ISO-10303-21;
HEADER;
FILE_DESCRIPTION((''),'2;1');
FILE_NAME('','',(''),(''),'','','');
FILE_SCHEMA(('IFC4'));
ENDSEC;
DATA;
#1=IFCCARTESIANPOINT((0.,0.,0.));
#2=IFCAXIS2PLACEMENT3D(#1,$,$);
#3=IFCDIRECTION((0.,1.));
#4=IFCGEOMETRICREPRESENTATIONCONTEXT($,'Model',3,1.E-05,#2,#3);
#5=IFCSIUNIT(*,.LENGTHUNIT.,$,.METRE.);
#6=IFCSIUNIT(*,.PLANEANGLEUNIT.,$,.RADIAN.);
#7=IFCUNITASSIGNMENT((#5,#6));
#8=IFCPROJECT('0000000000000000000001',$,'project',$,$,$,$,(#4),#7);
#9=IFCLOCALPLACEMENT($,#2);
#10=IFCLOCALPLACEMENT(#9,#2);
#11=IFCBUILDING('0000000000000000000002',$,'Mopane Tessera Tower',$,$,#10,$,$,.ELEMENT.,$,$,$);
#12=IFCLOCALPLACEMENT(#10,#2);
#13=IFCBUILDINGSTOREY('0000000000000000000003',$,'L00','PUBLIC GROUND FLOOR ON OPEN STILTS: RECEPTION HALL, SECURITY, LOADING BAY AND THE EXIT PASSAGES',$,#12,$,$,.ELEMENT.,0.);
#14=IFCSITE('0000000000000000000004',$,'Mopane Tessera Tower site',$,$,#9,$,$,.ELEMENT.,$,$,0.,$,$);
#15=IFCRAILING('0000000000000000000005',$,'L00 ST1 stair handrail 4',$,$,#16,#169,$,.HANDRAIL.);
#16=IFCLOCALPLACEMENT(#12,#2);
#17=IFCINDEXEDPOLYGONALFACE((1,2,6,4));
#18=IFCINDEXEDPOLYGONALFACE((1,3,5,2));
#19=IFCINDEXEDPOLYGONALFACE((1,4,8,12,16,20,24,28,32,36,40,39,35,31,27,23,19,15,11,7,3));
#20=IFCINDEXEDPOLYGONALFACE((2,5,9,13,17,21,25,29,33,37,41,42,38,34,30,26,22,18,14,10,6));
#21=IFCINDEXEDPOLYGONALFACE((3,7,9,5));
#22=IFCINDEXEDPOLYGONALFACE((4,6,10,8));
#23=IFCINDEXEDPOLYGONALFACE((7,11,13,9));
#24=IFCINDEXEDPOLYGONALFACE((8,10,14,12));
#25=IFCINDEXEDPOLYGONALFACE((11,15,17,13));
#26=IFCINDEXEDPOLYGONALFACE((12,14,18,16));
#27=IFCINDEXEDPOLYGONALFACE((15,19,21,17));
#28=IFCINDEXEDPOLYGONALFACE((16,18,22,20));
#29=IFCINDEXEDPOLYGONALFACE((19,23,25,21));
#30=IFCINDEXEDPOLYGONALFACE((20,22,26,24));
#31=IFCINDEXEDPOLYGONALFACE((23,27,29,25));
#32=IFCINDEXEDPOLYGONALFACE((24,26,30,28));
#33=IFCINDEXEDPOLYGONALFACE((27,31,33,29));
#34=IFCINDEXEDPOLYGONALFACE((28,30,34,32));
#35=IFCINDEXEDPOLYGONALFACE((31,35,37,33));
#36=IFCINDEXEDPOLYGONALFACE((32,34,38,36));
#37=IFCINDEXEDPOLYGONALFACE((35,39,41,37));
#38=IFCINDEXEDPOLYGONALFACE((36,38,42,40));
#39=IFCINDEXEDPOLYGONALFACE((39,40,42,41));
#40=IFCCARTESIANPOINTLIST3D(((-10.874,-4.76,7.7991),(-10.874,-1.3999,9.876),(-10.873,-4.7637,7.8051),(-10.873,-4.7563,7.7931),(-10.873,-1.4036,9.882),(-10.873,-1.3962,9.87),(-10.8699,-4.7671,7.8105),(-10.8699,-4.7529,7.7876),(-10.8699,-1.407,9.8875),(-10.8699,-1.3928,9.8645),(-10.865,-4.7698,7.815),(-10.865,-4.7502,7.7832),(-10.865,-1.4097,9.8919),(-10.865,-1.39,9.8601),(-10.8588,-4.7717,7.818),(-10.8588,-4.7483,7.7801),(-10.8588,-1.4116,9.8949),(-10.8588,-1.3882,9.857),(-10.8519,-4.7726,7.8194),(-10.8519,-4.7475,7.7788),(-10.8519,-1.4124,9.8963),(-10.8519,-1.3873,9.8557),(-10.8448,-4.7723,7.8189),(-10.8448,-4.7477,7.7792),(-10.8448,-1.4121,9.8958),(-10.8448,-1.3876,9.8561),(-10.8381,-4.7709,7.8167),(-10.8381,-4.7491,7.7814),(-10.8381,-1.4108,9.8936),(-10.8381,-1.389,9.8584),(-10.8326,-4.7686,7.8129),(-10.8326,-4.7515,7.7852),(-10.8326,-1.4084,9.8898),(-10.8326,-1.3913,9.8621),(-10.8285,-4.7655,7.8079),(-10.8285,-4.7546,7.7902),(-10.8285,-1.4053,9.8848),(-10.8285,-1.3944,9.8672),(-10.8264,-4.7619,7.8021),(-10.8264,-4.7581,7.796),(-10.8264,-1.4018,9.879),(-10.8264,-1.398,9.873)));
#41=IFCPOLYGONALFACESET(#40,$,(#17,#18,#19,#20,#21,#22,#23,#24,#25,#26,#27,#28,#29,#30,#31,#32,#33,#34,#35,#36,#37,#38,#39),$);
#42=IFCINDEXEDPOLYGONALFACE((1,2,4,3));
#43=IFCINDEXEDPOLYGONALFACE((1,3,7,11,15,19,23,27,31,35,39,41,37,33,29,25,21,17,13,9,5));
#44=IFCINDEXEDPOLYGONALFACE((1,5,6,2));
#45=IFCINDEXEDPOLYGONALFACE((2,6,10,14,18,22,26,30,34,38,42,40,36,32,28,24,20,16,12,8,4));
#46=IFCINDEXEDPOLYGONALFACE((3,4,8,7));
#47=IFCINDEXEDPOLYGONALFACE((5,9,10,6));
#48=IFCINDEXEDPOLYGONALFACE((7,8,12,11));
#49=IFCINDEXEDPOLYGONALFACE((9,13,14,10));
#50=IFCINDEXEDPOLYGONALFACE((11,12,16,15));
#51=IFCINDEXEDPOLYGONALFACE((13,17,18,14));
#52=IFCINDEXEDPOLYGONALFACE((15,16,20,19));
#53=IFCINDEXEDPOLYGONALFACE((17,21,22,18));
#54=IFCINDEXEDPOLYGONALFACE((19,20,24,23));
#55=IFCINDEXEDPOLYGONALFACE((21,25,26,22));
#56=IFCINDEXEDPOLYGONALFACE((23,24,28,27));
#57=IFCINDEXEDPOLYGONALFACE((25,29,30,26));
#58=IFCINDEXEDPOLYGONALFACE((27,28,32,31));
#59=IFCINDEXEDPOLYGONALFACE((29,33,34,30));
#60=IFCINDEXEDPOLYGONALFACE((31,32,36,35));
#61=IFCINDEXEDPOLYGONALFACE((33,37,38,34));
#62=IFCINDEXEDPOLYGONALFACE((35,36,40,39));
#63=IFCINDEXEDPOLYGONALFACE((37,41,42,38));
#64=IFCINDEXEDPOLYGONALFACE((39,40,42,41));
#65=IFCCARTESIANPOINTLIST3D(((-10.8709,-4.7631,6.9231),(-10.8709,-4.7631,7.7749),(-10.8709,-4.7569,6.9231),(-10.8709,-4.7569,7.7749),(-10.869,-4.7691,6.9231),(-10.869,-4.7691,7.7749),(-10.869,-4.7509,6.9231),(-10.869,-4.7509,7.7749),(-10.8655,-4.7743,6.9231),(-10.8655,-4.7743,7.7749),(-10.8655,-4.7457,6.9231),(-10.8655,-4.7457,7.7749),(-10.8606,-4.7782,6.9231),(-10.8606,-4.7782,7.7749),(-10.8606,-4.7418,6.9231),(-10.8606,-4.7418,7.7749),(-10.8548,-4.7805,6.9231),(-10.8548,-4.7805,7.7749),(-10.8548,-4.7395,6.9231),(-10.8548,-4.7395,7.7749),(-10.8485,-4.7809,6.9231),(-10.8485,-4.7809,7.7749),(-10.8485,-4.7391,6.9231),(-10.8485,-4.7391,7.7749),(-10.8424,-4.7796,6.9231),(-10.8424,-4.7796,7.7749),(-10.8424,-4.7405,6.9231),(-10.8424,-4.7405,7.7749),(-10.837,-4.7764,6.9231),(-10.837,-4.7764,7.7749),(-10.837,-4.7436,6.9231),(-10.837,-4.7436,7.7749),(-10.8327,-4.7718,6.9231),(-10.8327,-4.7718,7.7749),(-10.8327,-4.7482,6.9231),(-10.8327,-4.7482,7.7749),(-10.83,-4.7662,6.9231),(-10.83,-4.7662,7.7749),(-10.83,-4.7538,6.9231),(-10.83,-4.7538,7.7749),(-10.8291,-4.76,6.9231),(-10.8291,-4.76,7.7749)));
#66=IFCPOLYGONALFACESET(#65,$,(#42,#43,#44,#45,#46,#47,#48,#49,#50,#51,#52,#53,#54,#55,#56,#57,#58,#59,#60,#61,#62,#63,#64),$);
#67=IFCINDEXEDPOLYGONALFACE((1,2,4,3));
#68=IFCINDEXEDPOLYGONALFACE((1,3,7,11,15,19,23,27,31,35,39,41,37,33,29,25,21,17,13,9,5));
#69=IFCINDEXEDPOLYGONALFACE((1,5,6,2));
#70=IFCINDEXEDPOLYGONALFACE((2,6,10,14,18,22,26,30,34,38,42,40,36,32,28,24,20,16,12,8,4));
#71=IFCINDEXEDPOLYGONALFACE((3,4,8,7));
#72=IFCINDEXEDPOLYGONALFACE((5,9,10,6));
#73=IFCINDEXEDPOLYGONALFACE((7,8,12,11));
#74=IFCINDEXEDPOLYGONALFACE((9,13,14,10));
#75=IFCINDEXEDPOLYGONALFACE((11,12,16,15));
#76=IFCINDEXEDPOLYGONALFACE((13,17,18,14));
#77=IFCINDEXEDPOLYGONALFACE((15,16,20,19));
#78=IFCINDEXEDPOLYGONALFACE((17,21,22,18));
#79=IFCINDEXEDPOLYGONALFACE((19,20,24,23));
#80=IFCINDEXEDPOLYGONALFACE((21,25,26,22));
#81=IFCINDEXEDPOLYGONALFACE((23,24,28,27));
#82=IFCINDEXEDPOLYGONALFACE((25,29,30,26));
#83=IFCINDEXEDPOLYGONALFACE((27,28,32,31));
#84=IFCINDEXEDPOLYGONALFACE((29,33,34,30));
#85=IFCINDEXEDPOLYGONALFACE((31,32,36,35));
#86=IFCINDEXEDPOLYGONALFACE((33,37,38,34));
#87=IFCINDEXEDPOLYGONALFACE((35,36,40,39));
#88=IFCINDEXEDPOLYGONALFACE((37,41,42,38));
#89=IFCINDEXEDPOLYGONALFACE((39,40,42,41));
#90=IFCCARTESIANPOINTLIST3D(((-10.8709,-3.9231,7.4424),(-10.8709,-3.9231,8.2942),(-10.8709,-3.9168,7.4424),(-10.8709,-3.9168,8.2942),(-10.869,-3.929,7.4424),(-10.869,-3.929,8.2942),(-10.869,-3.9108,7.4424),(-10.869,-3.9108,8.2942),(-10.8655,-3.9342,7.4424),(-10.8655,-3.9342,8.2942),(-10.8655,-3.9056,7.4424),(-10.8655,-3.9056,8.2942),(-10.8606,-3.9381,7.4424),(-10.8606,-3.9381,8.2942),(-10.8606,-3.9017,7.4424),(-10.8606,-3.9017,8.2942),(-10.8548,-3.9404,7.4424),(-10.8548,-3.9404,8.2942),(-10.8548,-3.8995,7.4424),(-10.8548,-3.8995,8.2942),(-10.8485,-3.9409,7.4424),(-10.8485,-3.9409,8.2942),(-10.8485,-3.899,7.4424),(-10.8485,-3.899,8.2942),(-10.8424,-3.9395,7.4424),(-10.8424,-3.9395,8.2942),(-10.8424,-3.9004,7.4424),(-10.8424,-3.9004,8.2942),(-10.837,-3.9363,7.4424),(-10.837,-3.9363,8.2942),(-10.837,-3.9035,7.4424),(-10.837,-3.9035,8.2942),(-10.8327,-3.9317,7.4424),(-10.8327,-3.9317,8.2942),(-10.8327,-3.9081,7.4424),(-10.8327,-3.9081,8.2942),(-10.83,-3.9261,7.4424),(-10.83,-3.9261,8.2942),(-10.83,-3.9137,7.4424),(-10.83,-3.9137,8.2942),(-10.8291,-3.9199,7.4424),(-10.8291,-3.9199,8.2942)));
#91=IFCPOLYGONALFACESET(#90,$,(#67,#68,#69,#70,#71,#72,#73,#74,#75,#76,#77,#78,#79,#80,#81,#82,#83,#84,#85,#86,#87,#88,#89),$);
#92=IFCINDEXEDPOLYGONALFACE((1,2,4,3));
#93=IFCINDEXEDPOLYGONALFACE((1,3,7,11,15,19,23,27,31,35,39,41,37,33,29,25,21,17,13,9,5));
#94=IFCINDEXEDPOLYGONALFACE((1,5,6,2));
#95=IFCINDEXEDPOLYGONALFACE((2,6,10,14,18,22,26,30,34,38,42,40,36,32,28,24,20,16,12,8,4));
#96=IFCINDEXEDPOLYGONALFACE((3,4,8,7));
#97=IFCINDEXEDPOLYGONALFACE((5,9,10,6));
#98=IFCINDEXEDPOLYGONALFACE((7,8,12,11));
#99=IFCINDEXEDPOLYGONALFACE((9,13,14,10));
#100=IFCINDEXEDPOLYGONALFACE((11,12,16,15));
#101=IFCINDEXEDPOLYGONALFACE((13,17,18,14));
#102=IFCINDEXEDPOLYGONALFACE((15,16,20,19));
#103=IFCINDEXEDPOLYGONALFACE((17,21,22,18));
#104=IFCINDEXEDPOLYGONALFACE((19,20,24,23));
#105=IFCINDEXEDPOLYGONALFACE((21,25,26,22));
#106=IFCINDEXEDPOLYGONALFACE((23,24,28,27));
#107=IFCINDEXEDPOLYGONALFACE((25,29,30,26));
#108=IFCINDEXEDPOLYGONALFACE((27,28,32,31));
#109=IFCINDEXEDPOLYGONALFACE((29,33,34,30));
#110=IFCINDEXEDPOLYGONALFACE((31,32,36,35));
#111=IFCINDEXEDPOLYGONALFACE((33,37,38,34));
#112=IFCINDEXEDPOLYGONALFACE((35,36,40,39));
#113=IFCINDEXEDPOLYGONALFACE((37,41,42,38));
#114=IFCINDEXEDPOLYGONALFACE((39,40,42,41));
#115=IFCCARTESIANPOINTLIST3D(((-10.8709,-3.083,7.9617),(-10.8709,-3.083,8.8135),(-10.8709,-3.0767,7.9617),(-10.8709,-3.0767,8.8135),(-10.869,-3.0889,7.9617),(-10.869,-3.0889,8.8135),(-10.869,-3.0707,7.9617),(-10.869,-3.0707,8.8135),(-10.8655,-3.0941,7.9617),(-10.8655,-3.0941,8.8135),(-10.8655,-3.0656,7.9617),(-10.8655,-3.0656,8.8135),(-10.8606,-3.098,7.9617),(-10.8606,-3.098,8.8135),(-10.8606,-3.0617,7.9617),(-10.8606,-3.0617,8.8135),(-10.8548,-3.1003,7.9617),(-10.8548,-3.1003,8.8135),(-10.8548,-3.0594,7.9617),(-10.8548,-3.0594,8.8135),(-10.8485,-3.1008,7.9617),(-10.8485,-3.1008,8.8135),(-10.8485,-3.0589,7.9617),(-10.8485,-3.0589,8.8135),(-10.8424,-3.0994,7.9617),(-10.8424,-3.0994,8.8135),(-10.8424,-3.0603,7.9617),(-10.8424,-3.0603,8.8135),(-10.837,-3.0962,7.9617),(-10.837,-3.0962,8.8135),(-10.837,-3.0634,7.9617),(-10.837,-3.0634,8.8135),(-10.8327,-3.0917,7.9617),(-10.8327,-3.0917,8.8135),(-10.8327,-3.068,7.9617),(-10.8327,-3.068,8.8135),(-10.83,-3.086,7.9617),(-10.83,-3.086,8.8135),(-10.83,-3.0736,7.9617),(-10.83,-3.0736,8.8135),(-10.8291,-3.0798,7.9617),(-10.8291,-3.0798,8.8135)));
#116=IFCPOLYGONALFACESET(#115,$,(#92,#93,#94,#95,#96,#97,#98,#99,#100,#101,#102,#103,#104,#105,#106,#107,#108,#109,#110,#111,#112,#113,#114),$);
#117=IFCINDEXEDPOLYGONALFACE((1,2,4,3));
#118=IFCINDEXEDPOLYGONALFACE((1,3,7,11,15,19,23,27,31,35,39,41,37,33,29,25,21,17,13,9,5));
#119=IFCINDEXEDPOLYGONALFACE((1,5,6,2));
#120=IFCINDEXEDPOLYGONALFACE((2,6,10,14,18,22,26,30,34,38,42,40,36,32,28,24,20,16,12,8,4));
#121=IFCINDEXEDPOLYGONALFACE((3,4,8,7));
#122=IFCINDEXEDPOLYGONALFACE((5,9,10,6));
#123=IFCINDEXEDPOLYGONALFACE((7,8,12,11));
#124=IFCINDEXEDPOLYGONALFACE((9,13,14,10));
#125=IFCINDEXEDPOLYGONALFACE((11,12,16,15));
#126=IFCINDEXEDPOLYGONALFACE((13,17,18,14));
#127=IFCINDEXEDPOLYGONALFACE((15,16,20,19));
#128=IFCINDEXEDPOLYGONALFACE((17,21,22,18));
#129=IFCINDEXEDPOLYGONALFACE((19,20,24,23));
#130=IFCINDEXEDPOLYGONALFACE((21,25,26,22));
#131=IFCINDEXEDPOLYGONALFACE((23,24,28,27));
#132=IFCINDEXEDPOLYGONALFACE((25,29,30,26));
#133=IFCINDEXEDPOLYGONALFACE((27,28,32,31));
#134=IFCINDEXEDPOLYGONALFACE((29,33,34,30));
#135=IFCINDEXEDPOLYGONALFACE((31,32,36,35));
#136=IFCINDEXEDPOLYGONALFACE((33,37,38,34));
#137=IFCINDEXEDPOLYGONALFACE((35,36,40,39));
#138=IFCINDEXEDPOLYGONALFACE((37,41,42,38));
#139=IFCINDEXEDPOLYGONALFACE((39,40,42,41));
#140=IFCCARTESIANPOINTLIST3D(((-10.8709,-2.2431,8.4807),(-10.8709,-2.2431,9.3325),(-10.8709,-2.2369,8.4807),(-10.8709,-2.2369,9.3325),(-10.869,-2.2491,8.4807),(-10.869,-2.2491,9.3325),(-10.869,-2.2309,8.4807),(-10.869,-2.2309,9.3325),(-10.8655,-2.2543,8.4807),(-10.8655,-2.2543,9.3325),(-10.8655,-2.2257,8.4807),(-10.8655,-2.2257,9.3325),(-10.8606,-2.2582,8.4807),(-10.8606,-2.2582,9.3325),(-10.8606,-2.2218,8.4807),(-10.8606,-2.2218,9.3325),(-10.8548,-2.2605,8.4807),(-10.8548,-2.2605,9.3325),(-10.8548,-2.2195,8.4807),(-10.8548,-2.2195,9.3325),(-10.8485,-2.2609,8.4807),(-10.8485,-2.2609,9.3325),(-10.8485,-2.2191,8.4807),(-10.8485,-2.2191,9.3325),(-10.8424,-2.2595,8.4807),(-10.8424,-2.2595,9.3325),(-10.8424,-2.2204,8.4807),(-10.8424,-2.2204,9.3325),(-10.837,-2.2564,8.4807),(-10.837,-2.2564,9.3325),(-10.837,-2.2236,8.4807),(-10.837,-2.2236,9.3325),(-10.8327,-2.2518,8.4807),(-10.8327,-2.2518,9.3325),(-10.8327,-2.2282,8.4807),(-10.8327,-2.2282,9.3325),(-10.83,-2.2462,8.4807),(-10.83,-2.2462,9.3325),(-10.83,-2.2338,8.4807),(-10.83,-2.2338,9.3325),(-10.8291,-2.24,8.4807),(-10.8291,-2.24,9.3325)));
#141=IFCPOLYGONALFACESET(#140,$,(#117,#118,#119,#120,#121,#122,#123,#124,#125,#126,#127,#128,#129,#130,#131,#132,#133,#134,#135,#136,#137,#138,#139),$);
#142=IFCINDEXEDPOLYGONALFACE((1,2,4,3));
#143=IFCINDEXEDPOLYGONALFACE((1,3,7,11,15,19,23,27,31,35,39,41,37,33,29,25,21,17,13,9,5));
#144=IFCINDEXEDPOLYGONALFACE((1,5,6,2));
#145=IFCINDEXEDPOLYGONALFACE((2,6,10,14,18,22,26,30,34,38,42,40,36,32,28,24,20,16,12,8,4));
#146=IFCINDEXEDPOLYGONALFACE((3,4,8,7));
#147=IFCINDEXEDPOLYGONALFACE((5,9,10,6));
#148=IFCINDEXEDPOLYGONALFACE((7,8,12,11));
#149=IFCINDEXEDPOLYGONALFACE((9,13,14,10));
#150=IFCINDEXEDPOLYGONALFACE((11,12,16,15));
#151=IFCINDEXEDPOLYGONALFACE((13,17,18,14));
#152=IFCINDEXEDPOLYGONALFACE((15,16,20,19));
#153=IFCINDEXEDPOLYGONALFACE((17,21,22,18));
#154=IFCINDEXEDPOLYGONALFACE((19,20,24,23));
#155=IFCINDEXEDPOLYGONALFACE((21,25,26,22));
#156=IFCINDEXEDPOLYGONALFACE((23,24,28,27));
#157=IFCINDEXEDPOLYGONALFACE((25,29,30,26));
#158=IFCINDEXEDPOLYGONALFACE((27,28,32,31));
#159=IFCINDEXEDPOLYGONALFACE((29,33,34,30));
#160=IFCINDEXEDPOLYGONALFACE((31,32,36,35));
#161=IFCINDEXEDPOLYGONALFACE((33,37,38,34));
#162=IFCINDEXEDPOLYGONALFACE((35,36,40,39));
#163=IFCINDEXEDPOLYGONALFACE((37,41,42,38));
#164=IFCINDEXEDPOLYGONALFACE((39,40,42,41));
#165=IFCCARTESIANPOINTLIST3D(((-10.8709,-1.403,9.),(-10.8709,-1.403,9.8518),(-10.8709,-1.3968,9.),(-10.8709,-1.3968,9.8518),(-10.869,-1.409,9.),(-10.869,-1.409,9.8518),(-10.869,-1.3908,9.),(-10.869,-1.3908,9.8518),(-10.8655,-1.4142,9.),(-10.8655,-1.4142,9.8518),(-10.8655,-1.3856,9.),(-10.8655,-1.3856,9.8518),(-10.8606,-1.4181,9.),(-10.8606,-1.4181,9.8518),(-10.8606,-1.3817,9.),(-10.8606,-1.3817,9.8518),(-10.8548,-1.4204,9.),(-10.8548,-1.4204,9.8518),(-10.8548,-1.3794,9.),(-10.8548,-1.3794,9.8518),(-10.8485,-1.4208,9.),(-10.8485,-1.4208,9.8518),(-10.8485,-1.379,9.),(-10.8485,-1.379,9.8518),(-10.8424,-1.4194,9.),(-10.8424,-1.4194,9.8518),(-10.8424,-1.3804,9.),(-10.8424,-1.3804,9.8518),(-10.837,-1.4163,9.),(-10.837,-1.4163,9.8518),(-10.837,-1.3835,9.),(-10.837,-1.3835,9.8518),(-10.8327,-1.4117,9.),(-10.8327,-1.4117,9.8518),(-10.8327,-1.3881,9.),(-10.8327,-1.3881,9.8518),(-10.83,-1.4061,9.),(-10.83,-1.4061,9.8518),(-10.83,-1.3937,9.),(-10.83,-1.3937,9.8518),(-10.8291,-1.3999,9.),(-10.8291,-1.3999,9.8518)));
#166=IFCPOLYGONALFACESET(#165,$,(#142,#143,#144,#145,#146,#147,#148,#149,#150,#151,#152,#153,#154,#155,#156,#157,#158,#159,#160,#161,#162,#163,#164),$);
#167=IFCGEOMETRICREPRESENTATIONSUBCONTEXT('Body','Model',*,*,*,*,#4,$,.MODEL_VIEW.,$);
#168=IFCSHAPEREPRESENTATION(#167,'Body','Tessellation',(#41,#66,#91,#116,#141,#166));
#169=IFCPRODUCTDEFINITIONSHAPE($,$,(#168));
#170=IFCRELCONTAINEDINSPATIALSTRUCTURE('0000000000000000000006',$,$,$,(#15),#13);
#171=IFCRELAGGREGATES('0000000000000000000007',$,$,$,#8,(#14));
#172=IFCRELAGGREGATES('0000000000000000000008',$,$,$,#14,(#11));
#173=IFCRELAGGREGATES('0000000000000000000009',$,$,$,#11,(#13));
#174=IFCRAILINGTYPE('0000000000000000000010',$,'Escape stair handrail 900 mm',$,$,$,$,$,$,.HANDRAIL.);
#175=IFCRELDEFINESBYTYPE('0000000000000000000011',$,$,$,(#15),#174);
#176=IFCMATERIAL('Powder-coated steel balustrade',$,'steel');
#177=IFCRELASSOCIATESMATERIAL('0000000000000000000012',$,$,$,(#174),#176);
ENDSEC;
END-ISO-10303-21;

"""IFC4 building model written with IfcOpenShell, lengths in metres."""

from ifc_helpers import new_model, si_unit, direction, frame, origin, origin_2d, place, context, subcontext, project, spatial, circle, extrude, material, type_object, element, save


model = new_model("IFC4")

# Units and contexts
model_context = context("Model", 3, precision=1e-05, world=origin(), true_north=direction((0.0, 1.0)))
body_context = subcontext(model_context, "Body", "Model", "MODEL_VIEW")
ifc_project = project(units=[si_unit("LENGTHUNIT", "METRE"), si_unit("PLANEANGLEUNIT", "RADIAN")], contexts=[model_context])

# Site, building, storey
site_placement = place(None, origin())
site = spatial("IfcSite", under=ifc_project, at=site_placement, Name="Mopane Tessera Tower site", CompositionType="ELEMENT", RefElevation=0.0)
building_placement = place(site_placement, origin())
building = spatial("IfcBuilding", under=site, at=building_placement, Name="Mopane Tessera Tower", CompositionType="ELEMENT")
storey_placement = place(building_placement, origin())
storey = spatial("IfcBuildingStorey", under=building, at=storey_placement, Name="L00", Description="PUBLIC GROUND FLOOR ON OPEN STILTS: RECEPTION HALL, SECURITY, LOADING BAY AND THE EXIT PASSAGES", CompositionType="ELEMENT", Elevation=0.0)

# Railing
ifc_material_1 = material(Name="Powder-coated steel balustrade", Category="steel")
railing_type_1 = type_object("IfcRailingType", Name="Escape stair handrail 900 mm", PredefinedType="HANDRAIL", material=ifc_material_1)
railing_1_placement = place(storey_placement, frame((-10.8501, -4.76, 6.9231)))
element("IfcRailing", 1, at=railing_1_placement, inside=storey, type_object=railing_type_1, Name="L00 ST1 stair handrail 4", PredefinedType="HANDRAIL", context=body_context, shape_type="SweptSolid", body=[
    extrude(circle(Radius=0.0239, at=origin_2d()), frame((0.0, 0.0, 0.876), z_axis=(0.0, 0.850623, 0.525776), x_axis=(-1.0, 0.0, 0.0)), (0.0, 0.0, 1.0), 3.9502),
    extrude(circle(Radius=0.021, at=origin_2d()), origin(), (0.0, 0.0, 1.0), 0.8518),
    extrude(circle(Radius=0.021, at=origin_2d()), frame((0.0, 0.8401, 0.5193)), (0.0, 0.0, 1.0), 0.8518),
    extrude(circle(Radius=0.021, at=origin_2d()), frame((0.0, 1.6802, 1.0386)), (0.0, 0.0, 1.0), 0.8518),
    extrude(circle(Radius=0.021, at=origin_2d()), frame((0.0, 2.52, 1.5576)), (0.0, 0.0, 1.0), 0.8518),
    extrude(circle(Radius=0.021, at=origin_2d()), frame((0.0, 3.3601, 2.0769)), (0.0, 0.0, 1.0), 0.8518),
])

save(model, "model.ifc")
